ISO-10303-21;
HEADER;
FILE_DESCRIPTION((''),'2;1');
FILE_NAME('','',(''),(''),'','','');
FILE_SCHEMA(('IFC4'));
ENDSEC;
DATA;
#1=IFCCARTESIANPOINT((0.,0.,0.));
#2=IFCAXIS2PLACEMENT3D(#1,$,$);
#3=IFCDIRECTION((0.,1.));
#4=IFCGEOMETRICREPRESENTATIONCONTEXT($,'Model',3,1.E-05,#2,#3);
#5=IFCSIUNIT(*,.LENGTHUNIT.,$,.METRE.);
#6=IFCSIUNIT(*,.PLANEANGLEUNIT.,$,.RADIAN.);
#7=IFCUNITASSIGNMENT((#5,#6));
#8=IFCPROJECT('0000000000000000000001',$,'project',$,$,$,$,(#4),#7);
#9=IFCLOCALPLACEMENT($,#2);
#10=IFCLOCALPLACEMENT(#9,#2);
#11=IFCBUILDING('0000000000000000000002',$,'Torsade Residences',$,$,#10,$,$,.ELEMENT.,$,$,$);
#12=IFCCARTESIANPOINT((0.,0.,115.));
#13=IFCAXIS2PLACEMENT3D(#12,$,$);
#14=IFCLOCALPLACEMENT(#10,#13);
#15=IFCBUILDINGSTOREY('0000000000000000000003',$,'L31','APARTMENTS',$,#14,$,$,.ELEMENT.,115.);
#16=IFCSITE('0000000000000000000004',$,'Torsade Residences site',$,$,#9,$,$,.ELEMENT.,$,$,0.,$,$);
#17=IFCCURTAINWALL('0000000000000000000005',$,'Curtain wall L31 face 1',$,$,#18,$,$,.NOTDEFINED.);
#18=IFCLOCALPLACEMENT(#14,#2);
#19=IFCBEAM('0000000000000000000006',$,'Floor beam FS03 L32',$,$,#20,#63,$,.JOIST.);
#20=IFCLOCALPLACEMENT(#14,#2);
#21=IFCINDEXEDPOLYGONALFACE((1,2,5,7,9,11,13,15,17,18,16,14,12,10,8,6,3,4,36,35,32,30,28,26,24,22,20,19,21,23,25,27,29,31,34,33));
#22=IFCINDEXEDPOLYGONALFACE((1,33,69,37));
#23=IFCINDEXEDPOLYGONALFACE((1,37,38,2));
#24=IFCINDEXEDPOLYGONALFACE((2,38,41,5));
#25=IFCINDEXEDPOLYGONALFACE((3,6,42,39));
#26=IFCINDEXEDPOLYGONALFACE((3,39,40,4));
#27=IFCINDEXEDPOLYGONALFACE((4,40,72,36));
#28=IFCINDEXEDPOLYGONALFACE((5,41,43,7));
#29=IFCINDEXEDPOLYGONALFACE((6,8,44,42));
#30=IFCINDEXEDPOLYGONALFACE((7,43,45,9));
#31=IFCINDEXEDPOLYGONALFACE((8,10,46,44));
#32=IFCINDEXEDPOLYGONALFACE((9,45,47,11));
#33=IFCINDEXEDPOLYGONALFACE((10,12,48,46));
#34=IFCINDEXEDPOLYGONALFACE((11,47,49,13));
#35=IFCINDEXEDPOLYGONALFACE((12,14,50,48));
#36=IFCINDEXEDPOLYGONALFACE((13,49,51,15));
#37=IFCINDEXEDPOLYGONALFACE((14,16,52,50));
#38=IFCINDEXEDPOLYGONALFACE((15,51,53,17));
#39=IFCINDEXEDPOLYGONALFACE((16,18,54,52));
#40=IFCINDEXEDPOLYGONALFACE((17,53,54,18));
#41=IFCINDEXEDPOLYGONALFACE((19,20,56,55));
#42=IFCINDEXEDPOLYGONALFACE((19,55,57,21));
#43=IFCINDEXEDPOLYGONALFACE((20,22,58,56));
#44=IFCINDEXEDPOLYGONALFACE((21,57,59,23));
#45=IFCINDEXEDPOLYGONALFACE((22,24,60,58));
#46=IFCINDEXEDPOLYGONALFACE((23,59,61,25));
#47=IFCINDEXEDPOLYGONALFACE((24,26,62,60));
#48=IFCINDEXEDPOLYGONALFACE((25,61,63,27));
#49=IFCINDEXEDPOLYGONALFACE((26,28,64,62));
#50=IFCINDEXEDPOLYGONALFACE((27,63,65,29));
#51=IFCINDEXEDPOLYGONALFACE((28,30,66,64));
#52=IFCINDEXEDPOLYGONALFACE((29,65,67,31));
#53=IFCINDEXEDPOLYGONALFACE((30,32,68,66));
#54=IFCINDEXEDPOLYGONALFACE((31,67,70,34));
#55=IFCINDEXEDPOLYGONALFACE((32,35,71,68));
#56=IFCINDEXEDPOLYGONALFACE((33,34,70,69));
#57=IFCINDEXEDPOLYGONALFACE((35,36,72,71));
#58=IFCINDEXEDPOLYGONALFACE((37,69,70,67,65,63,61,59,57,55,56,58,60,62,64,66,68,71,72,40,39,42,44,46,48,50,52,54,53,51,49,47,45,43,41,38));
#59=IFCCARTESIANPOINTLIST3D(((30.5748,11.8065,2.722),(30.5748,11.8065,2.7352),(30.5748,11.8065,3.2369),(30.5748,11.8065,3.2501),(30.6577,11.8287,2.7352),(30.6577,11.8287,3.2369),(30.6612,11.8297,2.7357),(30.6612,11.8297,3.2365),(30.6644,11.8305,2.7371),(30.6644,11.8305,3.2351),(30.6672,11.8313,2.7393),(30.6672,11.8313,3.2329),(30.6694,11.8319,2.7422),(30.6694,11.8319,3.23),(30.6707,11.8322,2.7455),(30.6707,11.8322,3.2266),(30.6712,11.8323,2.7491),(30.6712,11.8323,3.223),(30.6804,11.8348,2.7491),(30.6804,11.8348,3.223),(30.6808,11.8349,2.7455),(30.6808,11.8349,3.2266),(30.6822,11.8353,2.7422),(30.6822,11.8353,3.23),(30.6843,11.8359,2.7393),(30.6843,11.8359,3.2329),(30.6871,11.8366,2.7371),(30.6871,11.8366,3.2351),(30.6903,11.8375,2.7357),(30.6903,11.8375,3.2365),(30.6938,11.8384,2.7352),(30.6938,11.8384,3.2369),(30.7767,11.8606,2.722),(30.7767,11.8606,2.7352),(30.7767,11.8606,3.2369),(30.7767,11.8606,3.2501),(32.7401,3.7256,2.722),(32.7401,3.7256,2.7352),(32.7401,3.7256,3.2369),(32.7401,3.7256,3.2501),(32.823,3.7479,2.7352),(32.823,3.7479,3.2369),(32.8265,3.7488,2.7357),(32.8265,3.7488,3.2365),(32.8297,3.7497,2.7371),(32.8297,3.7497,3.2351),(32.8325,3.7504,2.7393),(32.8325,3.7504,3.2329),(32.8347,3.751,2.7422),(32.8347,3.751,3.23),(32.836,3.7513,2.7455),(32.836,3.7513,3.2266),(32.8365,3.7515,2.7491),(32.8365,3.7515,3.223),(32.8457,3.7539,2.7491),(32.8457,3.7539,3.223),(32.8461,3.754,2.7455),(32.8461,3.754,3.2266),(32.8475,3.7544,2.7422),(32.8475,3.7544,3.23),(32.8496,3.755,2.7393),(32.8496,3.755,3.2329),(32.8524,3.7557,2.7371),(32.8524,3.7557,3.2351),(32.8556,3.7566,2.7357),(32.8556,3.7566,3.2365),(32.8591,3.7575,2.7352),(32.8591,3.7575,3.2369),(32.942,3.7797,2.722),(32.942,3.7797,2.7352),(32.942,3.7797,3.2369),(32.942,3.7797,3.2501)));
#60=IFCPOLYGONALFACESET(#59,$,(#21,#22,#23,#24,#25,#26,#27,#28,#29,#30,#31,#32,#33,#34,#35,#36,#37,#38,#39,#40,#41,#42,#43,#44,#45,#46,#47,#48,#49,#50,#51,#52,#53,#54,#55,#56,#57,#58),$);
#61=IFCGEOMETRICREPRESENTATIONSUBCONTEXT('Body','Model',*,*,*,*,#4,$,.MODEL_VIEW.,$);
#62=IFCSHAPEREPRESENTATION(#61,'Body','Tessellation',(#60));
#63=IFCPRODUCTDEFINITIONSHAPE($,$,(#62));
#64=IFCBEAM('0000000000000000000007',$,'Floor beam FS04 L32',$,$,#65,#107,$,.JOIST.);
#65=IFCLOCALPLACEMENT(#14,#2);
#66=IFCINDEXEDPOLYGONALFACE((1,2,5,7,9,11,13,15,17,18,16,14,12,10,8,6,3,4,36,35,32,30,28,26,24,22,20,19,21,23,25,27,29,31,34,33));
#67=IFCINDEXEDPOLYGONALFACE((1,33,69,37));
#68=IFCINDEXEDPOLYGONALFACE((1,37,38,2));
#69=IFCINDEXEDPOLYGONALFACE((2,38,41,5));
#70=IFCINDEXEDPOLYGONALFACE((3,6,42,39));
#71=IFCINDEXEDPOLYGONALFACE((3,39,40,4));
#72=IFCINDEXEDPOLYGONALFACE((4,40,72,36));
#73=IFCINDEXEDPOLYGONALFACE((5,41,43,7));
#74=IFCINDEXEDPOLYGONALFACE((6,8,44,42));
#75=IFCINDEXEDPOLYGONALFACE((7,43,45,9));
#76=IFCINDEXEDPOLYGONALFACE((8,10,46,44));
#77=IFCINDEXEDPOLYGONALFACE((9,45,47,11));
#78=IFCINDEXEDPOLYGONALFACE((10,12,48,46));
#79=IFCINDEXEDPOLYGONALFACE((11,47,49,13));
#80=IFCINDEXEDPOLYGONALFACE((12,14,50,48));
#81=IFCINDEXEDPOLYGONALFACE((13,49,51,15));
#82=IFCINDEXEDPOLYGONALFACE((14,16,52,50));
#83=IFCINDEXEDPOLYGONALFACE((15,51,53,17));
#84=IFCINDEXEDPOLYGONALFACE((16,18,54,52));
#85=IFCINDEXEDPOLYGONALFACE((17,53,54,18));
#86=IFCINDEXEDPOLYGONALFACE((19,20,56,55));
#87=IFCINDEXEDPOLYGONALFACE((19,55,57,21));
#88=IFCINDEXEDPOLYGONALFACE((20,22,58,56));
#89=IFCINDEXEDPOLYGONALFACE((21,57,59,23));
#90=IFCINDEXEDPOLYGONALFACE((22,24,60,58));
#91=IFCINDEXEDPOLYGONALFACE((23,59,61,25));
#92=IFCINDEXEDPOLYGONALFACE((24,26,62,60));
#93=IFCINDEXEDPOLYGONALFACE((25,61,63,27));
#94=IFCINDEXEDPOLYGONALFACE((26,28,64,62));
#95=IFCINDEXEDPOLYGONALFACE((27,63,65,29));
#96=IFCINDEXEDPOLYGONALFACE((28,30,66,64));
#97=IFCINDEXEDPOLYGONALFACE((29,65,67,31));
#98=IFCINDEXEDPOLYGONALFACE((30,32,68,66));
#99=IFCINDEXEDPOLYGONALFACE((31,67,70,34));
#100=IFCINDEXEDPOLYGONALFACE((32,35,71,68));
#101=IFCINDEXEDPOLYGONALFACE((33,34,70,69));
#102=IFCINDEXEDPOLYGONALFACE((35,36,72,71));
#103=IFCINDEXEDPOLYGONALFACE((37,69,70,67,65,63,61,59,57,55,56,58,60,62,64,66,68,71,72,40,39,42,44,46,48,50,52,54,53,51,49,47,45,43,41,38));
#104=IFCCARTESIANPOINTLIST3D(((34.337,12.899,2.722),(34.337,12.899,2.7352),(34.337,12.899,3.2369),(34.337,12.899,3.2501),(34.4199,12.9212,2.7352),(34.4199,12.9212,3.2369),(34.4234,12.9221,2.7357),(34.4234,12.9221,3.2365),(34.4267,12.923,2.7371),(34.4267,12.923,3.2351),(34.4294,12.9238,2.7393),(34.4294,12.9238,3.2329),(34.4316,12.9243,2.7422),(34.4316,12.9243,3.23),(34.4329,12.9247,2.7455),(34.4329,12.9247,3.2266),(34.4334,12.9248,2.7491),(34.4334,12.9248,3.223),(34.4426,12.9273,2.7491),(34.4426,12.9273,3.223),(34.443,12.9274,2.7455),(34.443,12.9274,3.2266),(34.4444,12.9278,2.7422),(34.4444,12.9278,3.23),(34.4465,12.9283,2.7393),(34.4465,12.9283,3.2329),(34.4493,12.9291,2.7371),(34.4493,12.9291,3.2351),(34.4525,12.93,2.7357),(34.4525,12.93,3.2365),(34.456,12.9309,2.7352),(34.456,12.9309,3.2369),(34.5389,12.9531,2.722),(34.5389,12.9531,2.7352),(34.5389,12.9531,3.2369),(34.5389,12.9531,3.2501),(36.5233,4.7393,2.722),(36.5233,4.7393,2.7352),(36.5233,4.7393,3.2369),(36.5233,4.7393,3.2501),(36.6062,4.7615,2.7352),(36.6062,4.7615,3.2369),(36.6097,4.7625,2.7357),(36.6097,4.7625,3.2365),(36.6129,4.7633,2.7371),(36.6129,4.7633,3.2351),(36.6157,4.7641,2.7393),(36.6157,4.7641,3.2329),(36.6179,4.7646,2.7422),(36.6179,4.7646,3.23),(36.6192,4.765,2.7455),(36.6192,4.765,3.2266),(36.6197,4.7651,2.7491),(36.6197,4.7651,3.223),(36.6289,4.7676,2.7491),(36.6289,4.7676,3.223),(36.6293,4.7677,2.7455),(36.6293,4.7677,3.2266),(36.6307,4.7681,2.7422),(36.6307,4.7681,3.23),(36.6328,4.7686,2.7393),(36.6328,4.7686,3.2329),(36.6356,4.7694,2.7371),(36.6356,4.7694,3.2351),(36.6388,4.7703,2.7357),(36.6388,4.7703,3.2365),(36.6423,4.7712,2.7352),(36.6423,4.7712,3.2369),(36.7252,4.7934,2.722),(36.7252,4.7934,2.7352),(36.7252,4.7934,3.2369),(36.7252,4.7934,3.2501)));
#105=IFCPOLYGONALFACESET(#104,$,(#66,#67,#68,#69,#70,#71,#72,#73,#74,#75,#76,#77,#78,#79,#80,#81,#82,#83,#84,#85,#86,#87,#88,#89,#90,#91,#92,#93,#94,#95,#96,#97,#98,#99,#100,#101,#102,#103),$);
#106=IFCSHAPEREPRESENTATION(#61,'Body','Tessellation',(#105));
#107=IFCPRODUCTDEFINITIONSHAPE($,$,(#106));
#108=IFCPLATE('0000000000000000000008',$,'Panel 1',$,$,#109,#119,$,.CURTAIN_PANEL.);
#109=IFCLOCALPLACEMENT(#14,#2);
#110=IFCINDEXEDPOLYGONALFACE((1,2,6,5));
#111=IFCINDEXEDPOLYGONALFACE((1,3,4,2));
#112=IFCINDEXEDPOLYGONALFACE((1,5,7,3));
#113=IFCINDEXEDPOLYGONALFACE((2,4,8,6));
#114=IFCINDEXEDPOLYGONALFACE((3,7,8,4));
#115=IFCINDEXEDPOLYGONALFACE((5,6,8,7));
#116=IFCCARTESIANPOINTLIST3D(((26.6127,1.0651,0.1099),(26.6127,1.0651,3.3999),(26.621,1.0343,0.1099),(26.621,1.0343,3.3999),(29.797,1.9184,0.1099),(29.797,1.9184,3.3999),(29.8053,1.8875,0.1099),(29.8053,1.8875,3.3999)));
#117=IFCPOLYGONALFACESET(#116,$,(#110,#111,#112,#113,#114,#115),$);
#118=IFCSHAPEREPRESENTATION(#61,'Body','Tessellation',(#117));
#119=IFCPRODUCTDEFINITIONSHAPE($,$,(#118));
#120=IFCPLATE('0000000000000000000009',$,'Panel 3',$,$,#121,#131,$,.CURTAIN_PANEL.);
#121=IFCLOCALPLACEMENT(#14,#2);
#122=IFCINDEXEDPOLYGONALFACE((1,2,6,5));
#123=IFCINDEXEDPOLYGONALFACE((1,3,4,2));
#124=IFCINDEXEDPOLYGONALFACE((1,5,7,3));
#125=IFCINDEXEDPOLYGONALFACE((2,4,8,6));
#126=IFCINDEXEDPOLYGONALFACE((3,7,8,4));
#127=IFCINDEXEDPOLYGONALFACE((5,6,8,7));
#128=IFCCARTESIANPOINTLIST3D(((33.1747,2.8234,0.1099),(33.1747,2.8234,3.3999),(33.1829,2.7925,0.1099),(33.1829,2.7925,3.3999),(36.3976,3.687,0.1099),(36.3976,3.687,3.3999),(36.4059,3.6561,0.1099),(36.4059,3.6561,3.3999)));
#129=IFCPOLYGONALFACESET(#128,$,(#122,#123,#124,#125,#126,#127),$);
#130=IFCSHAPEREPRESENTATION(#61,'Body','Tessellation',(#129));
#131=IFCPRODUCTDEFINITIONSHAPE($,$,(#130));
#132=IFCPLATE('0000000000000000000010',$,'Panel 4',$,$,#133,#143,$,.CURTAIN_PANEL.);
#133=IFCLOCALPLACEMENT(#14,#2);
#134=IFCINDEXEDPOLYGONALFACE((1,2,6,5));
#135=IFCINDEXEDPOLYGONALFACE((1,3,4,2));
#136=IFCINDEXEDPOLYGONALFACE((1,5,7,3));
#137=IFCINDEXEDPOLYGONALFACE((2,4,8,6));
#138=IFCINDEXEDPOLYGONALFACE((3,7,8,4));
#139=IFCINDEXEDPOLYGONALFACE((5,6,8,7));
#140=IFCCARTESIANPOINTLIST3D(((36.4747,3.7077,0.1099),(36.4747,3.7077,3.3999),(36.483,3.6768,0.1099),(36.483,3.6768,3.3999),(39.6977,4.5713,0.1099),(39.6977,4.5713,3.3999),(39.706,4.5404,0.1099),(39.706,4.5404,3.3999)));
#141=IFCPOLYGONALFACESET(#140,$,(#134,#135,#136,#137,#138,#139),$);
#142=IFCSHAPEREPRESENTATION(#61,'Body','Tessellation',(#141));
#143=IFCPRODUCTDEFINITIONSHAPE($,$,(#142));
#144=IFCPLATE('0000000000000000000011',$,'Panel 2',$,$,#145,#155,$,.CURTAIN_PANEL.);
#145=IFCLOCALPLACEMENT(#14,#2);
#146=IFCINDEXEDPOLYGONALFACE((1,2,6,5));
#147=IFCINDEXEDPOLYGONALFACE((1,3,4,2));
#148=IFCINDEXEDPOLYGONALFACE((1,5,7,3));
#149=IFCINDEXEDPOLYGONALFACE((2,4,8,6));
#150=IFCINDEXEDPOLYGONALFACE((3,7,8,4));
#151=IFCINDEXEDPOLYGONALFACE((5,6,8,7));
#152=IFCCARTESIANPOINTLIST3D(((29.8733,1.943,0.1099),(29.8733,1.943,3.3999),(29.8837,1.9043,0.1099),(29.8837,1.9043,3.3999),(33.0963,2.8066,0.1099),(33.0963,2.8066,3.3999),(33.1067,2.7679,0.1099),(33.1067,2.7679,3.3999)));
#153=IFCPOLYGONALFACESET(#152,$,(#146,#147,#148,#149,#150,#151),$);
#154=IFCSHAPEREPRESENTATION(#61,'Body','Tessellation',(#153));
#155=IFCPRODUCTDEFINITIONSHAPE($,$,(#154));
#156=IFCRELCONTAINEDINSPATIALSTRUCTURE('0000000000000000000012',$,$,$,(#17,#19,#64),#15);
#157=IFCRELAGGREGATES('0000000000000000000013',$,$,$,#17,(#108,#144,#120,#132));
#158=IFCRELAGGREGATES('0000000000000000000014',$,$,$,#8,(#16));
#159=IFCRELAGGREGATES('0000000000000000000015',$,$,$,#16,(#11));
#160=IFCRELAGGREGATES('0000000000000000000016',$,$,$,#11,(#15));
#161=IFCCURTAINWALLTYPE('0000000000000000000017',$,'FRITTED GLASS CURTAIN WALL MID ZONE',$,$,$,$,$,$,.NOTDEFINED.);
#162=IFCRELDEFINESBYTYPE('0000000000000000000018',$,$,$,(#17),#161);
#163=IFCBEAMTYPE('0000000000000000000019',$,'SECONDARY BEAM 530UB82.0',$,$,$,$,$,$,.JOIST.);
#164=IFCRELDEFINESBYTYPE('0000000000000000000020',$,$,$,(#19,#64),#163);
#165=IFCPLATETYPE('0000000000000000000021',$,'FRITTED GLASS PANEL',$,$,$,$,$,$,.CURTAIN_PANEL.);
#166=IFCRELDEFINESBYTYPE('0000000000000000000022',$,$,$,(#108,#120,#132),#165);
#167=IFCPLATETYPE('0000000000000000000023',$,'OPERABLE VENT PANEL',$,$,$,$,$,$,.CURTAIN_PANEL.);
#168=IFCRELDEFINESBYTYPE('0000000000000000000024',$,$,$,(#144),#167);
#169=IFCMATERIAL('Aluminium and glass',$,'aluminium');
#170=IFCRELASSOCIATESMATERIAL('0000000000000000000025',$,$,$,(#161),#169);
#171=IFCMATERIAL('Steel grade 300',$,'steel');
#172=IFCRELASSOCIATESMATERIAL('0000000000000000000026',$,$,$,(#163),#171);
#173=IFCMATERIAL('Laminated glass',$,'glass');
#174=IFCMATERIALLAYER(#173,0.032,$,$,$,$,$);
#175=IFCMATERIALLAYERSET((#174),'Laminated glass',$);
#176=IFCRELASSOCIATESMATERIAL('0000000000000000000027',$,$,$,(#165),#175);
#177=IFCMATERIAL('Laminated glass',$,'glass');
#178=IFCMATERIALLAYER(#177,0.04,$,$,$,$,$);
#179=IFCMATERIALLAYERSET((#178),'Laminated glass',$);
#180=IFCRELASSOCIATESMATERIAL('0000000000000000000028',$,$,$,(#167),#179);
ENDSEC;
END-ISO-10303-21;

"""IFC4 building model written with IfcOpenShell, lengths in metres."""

from ifc_helpers import new_model, si_unit, direction, frame, origin, origin_2d, place, context, subcontext, project, spatial, rectangle, i_section, extrude, material, layer, layer_set, material_profile, profile_set, type_object, element, aggregate, save


model = new_model("IFC4")

# Units and contexts
model_context = context("Model", 3, precision=1e-05, world=origin(), true_north=direction((0.0, 1.0)))
body_context = subcontext(model_context, "Body", "Model", "MODEL_VIEW")
ifc_project = project(units=[si_unit("LENGTHUNIT", "METRE"), si_unit("PLANEANGLEUNIT", "RADIAN")], contexts=[model_context])

# Site, building, storey
site_placement = place(None, origin())
site = spatial("IfcSite", under=ifc_project, at=site_placement, Name="Torsade Residences site", CompositionType="ELEMENT", RefElevation=0.0)
building_placement = place(site_placement, origin())
building = spatial("IfcBuilding", under=site, at=building_placement, Name="Torsade Residences", CompositionType="ELEMENT")
storey_placement = place(building_placement, frame((0.0, 0.0, 115.0)))
storey = spatial("IfcBuildingStorey", under=building, at=storey_placement, Name="L31", Description="APARTMENTS", CompositionType="ELEMENT", Elevation=115.0)

# Curtain wall
ifc_material_1 = material(Name="Aluminium and glass", Category="aluminium")
curtain_wall_type = type_object("IfcCurtainWallType", Name="FRITTED GLASS CURTAIN WALL MID ZONE", PredefinedType="NOTDEFINED", material=ifc_material_1)
curtain_wall_placement = place(storey_placement, origin())
curtain_wall = element("IfcCurtainWall", 1, at=curtain_wall_placement, inside=storey, type_object=curtain_wall_type, Name="Curtain wall L31 face 1", PredefinedType="NOTDEFINED")

# Beams
ifc_material_2 = material(Name="Steel grade 300", Category="steel")
ifc_material_profile_1 = material_profile(ifc_material_2, i_section(OverallWidth=0.209, OverallDepth=0.5281, WebThickness=0.0095, FlangeThickness=0.0132, FilletRadius=0.0139, at=origin_2d()), Name="530UB82.0")
ifc_profile_set_1 = profile_set([ifc_material_profile_1], Name="Steel grade 300")
beam_type_1 = type_object("IfcBeamType", Name="SECONDARY BEAM 530UB82.0", PredefinedType="JOIST", material=ifc_profile_set_1)
beam_1_placement = place(storey_placement, frame((32.8411, 3.7527, 2.9861), z_axis=(-0.258823, 0.965925, 0.0), x_axis=(-0.965925, -0.258823, 0.0)))
element("IfcBeam", 2, at=beam_1_placement, inside=storey, type_object=beam_type_1, Name="Floor beam FS03 L32", PredefinedType="JOIST", context=body_context, shape_type="SweptSolid", body=[
    extrude(i_section(OverallWidth=0.209, OverallDepth=0.5281, WebThickness=0.0095, FlangeThickness=0.0132, FilletRadius=0.0139, at=origin_2d()), origin(), (0.0, 0.0, 1.0), 8.366),
])
beam_2_placement = place(storey_placement, frame((36.6243, 4.7664, 2.9861), z_axis=(-0.258808, 0.965929, 0.0), x_axis=(-0.965929, -0.258808, 0.0)))
element("IfcBeam", 3, at=beam_2_placement, inside=storey, type_object=beam_type_1, Name="Floor beam FS04 L32", PredefinedType="JOIST", context=body_context, shape_type="SweptSolid", body=[
    extrude(i_section(OverallWidth=0.209, OverallDepth=0.5281, WebThickness=0.0095, FlangeThickness=0.0132, FilletRadius=0.0139, at=origin_2d()), origin(), (0.0, 0.0, 1.0), 8.4475),
])

# Plates
ifc_material_3 = material(Name="Laminated glass", Category="glass")
ifc_layer_1 = layer(ifc_material_3, 0.032)
ifc_layer_set_1 = layer_set([ifc_layer_1], Name="Laminated glass")
plate_type_1 = type_object("IfcPlateType", Name="FRITTED GLASS PANEL", PredefinedType="CURTAIN_PANEL", material=ifc_layer_set_1)
plate_1_placement = place(storey_placement, frame((28.209, 1.4763, 0.1099), z_axis=(0.0, 0.0, 1.0), x_axis=(0.965926, 0.258819, 0.0)))
plate_1 = element("IfcPlate", 4, at=plate_1_placement, type_object=plate_type_1, Name="Panel 1", PredefinedType="CURTAIN_PANEL", context=body_context, shape_type="SweptSolid", body=[
    extrude(rectangle(XDim=3.2966, YDim=0.032, at=origin_2d()), origin(), (0.0, 0.0, 1.0), 3.29),
])
plate_2_placement = place(storey_placement, frame((34.7903, 3.2397, 0.1099), z_axis=(0.0, 0.0, 1.0), x_axis=(0.965926, 0.258819, 0.0)))
plate_2 = element("IfcPlate", 5, at=plate_2_placement, type_object=plate_type_1, Name="Panel 3", PredefinedType="CURTAIN_PANEL", context=body_context, shape_type="SweptSolid", body=[
    extrude(rectangle(XDim=3.3367, YDim=0.032, at=origin_2d()), origin(), (0.0, 0.0, 1.0), 3.29),
])
plate_3_placement = place(storey_placement, frame((38.0903, 4.124, 0.1099), z_axis=(0.0, 0.0, 1.0), x_axis=(0.965926, 0.258819, 0.0)))
plate_3 = element("IfcPlate", 6, at=plate_3_placement, type_object=plate_type_1, Name="Panel 4", PredefinedType="CURTAIN_PANEL", context=body_context, shape_type="SweptSolid", body=[
    extrude(rectangle(XDim=3.3367, YDim=0.032, at=origin_2d()), origin(), (0.0, 0.0, 1.0), 3.29),
])
ifc_material_4 = material(Name="Laminated glass", Category="glass")
ifc_layer_2 = layer(ifc_material_4, 0.04)
ifc_layer_set_2 = layer_set([ifc_layer_2], Name="Laminated glass")
plate_type_2 = type_object("IfcPlateType", Name="OPERABLE VENT PANEL", PredefinedType="CURTAIN_PANEL", material=ifc_layer_set_2)
plate_4_placement = place(storey_placement, frame((31.49, 2.3555, 0.1099), z_axis=(0.0, 0.0, 1.0), x_axis=(0.965926, 0.258819, 0.0)))
plate_4 = element("IfcPlate", 7, at=plate_4_placement, type_object=plate_type_2, Name="Panel 2", PredefinedType="CURTAIN_PANEL", context=body_context, shape_type="SweptSolid", body=[
    extrude(rectangle(XDim=3.3367, YDim=0.04, at=origin_2d()), origin(), (0.0, 0.0, 1.0), 3.29),
])
aggregate(curtain_wall, [plate_1, plate_4, plate_2, plate_3])

save(model, "model.ifc")
